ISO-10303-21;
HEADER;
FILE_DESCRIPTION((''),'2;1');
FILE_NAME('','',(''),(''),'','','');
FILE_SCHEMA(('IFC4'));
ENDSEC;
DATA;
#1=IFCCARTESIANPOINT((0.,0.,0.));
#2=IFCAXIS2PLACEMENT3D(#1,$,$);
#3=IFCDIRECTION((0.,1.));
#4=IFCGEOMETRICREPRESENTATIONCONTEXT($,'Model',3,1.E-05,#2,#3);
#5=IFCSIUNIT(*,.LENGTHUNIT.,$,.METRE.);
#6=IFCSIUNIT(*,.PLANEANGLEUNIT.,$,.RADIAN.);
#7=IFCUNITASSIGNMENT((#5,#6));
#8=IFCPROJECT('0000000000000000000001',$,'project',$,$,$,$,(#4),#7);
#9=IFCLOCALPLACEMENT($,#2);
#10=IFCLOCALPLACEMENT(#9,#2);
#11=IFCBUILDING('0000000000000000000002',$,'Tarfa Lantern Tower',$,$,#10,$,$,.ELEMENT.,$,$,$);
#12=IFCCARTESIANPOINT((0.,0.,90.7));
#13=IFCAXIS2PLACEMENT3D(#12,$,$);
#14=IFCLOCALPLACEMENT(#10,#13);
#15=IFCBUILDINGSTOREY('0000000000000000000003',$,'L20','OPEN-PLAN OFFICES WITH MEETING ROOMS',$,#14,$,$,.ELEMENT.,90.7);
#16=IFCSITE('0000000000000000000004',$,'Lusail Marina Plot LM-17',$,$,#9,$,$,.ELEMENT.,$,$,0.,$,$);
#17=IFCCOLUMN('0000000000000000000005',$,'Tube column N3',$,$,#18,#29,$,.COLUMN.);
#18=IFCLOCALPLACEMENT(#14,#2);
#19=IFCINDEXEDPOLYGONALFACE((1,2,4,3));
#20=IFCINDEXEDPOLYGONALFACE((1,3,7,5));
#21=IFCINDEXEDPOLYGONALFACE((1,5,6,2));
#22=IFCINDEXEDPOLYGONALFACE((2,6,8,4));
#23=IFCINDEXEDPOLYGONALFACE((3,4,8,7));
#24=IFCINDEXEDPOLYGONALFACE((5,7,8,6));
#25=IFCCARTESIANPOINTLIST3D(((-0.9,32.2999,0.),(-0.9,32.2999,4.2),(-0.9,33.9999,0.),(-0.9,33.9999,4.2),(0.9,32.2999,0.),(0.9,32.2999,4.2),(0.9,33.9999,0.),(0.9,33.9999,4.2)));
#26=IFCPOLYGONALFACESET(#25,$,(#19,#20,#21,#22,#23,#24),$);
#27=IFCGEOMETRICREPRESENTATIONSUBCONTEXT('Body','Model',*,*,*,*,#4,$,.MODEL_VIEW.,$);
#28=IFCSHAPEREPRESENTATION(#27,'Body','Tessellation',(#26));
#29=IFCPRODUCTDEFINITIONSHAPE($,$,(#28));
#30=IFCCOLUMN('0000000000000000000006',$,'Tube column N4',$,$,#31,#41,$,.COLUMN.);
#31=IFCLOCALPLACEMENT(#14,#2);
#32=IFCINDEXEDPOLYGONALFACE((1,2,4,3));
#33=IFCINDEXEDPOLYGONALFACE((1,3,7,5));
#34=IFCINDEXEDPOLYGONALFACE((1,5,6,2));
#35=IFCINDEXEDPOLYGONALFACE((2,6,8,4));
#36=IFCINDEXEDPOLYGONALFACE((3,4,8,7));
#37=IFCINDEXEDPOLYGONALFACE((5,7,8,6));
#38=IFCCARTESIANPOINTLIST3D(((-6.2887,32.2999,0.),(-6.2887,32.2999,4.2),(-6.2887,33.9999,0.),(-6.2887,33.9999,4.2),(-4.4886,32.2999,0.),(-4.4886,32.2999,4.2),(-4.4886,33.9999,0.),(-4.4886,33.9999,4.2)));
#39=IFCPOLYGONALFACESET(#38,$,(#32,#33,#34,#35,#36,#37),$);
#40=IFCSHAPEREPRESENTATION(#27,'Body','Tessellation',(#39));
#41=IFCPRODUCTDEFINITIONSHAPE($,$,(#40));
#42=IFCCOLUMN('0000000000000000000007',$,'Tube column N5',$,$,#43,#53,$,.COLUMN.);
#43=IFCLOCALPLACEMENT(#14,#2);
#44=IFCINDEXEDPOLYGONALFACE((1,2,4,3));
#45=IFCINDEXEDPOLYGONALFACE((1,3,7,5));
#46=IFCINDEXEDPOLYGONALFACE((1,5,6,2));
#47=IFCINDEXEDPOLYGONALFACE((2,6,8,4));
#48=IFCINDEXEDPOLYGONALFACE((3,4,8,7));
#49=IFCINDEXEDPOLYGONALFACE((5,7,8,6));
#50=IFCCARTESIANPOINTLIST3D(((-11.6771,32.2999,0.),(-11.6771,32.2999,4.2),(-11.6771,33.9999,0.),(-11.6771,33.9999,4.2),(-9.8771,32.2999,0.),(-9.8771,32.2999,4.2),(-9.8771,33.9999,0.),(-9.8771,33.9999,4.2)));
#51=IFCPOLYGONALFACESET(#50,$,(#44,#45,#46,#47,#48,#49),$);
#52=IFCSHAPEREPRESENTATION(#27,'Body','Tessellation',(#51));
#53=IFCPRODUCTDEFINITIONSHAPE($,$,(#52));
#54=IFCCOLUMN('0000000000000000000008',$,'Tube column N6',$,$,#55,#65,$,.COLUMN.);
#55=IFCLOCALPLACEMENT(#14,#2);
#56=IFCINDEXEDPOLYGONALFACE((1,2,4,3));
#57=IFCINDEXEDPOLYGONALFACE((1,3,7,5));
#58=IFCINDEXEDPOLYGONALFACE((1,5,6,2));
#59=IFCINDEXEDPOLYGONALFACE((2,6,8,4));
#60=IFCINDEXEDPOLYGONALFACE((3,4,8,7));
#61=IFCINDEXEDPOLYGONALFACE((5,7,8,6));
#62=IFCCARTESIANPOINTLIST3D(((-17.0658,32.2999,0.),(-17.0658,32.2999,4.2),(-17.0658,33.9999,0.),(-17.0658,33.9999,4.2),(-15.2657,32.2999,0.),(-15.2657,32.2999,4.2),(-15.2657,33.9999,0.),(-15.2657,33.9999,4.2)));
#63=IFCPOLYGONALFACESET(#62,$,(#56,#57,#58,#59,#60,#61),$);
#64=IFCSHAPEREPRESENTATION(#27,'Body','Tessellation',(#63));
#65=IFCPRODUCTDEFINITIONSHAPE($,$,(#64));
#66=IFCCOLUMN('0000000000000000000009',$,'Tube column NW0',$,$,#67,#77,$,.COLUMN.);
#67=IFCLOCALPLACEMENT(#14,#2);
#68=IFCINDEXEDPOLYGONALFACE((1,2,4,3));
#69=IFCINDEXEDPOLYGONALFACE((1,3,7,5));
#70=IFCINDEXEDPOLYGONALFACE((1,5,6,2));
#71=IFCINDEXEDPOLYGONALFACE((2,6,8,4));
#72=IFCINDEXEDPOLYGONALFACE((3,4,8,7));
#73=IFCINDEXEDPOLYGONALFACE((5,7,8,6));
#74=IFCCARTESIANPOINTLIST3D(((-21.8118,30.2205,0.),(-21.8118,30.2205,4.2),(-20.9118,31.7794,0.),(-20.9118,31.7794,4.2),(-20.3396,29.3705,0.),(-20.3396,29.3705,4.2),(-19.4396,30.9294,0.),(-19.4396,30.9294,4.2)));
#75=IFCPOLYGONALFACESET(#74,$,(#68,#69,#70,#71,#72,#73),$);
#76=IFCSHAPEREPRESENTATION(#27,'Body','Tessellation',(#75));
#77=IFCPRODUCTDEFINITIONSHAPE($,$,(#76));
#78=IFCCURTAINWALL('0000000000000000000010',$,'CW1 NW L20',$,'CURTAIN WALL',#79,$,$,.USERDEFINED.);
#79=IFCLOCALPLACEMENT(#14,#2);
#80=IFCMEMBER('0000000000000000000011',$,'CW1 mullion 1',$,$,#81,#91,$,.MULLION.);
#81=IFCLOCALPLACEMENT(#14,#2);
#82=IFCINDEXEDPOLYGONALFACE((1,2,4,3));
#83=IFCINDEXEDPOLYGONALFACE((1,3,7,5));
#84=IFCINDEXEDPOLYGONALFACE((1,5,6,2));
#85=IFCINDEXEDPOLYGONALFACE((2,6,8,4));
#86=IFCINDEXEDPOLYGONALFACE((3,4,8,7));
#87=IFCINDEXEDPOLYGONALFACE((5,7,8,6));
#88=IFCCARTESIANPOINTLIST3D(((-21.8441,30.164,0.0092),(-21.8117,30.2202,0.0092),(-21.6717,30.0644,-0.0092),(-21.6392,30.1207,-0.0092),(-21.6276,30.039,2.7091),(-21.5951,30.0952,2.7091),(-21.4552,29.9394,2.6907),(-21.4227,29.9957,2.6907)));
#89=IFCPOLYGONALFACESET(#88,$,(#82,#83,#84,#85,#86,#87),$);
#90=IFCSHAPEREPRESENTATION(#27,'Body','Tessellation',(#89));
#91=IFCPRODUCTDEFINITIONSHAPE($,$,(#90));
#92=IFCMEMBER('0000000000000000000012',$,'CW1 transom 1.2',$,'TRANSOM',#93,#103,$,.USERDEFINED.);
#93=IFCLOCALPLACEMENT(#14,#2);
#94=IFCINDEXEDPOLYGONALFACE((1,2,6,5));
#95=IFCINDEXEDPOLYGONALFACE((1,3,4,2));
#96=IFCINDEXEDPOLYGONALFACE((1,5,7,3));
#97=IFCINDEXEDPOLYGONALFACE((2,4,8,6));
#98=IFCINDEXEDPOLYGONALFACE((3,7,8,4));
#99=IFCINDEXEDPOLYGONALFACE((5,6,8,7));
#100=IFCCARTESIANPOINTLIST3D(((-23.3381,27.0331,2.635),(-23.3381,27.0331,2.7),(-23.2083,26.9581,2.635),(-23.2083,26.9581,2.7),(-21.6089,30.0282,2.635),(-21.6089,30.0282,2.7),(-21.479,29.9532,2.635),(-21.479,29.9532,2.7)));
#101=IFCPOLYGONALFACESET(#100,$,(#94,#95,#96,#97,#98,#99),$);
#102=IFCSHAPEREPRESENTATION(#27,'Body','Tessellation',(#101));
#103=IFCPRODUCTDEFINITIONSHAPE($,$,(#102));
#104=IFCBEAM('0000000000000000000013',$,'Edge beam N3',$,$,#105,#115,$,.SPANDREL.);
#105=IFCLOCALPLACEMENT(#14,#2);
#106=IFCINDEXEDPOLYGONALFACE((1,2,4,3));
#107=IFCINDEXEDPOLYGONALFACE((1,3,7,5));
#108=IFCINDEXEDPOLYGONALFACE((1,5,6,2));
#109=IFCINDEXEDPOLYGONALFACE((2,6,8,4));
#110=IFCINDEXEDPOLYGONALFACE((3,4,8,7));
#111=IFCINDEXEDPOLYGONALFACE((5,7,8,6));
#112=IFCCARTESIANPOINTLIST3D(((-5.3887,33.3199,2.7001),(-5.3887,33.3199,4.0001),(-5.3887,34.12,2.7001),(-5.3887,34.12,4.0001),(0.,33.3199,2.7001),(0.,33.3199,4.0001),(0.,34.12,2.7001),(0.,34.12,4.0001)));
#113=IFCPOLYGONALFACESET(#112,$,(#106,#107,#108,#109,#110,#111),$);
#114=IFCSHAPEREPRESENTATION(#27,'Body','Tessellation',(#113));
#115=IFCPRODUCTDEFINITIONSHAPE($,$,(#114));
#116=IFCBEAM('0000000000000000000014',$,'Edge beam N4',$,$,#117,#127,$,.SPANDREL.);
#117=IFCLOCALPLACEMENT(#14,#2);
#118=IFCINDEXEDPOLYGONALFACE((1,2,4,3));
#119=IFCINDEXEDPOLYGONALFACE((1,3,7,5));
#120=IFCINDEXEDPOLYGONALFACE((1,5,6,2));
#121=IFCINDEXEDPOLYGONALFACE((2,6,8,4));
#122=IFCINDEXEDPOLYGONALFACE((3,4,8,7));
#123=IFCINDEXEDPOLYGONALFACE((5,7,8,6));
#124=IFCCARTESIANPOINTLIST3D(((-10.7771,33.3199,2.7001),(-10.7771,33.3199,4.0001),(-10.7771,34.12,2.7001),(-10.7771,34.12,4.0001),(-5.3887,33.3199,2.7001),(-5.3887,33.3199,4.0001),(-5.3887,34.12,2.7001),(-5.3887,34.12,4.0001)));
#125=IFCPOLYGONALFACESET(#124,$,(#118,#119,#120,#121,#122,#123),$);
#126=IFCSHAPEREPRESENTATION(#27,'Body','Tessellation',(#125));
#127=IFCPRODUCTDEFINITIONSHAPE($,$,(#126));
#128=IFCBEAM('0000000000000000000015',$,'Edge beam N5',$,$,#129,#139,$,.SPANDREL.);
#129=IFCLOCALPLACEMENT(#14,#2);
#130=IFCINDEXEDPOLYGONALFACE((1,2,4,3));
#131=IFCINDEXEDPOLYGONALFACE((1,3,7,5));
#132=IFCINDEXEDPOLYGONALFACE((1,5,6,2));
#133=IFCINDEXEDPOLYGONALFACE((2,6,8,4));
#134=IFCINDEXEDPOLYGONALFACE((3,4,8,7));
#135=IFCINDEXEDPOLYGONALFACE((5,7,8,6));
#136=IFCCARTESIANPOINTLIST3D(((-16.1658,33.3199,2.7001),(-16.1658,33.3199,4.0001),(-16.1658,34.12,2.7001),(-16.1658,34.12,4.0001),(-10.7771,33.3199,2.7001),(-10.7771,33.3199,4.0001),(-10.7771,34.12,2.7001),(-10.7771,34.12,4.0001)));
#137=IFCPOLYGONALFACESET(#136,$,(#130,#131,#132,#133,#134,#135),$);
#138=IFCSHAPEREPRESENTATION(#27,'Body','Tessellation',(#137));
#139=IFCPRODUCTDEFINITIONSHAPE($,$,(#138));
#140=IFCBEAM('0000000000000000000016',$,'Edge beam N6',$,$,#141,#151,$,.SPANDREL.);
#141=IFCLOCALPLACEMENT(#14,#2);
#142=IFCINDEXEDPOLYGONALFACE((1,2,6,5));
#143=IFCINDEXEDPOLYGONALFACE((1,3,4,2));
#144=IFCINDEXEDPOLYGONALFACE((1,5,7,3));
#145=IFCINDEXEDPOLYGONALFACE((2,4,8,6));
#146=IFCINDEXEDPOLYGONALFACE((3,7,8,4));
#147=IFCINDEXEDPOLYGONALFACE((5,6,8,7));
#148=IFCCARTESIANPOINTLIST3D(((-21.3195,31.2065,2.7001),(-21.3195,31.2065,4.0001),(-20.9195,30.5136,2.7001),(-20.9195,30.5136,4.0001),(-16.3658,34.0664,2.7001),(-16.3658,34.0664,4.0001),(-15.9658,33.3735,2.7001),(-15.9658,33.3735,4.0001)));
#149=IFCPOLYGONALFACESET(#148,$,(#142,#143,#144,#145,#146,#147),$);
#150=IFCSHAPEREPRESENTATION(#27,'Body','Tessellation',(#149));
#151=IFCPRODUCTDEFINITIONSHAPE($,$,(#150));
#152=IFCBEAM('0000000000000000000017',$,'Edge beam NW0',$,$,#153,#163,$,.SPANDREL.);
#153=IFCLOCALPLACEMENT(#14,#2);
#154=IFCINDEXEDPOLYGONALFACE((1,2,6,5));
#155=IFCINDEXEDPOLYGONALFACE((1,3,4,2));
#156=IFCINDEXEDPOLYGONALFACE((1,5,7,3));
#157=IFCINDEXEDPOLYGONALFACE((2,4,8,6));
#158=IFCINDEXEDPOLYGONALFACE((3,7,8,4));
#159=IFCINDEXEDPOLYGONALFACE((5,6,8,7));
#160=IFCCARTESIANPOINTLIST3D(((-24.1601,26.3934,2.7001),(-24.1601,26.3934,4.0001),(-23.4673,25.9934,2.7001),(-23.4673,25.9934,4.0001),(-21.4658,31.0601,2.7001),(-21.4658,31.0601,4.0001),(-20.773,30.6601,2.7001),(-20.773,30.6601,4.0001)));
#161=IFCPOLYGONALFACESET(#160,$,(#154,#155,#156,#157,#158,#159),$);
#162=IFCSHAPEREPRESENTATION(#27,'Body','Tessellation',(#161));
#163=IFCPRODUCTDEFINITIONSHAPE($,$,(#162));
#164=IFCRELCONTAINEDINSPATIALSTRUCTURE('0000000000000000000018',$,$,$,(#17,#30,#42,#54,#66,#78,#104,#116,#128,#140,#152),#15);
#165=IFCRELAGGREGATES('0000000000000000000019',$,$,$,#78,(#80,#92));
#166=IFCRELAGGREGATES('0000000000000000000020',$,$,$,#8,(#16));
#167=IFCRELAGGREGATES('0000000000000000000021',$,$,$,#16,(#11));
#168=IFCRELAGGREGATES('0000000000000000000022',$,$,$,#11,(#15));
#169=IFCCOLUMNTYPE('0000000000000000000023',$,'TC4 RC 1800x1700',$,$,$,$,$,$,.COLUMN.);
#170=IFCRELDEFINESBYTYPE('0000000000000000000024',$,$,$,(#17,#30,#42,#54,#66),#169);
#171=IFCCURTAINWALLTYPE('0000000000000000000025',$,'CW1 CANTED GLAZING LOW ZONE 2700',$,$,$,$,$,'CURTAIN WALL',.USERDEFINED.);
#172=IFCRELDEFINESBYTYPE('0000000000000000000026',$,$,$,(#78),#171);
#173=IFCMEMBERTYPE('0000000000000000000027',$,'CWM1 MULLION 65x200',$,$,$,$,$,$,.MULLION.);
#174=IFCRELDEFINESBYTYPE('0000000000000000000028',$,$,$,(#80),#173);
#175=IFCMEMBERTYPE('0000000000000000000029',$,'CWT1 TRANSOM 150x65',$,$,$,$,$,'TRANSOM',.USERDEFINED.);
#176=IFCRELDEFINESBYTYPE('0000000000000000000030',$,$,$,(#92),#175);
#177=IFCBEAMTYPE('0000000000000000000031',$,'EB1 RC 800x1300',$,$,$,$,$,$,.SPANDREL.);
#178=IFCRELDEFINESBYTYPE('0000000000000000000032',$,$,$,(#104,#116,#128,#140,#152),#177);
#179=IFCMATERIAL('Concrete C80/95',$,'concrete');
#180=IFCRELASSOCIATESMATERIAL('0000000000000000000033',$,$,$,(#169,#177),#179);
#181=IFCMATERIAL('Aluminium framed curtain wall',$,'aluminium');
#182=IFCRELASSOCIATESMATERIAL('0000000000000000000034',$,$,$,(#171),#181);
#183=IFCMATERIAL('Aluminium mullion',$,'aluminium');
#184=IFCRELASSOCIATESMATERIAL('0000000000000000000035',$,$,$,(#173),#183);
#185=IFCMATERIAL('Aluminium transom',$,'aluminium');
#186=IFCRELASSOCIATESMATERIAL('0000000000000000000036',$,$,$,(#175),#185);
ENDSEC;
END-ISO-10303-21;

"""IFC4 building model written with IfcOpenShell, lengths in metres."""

from ifc_helpers import new_model, si_unit, direction, frame, origin, origin_2d, place, context, subcontext, project, spatial, rectangle, extrude, material, material_profile, profile_set, type_object, element, aggregate, save


model = new_model("IFC4")

# Units and contexts
model_context = context("Model", 3, precision=1e-05, world=origin(), true_north=direction((0.0, 1.0)))
body_context = subcontext(model_context, "Body", "Model", "MODEL_VIEW")
ifc_project = project(units=[si_unit("LENGTHUNIT", "METRE"), si_unit("PLANEANGLEUNIT", "RADIAN")], contexts=[model_context])

# Site, building, storey
site_placement = place(None, origin())
site = spatial("IfcSite", under=ifc_project, at=site_placement, Name="Lusail Marina Plot LM-17", CompositionType="ELEMENT", RefElevation=0.0)
building_placement = place(site_placement, origin())
building = spatial("IfcBuilding", under=site, at=building_placement, Name="Tarfa Lantern Tower", CompositionType="ELEMENT")
storey_placement = place(building_placement, frame((0.0, 0.0, 90.7)))
storey = spatial("IfcBuildingStorey", under=building, at=storey_placement, Name="L20", Description="OPEN-PLAN OFFICES WITH MEETING ROOMS", CompositionType="ELEMENT", Elevation=90.7)

# Columns
ifc_material_1 = material(Name="Concrete C80/95", Category="concrete")
ifc_material_profile_1 = material_profile(ifc_material_1, rectangle(XDim=1.8, YDim=1.7, at=origin_2d()), Name="RC 1800x1700")
ifc_profile_set_1 = profile_set([ifc_material_profile_1], Name="Concrete C80/95")
column_type = type_object("IfcColumnType", Name="TC4 RC 1800x1700", PredefinedType="COLUMN", material=ifc_profile_set_1)
for number, where, z_axis, x_axis, name in (
    (1, (0.0, 33.1499, 0.0), (0.0, 0.0, 1.0), (-1.0, 0.0, 0.0), "Tube column N3"),
    (2, (-5.3887, 33.1499, 0.0), (0.0, 0.0, 1.0), (-1.0, 0.0, 0.0), "Tube column N4"),
    (3, (-10.7771, 33.1499, 0.0), (0.0, 0.0, 1.0), (-1.0, 0.0, 0.0), "Tube column N5"),
    (4, (-16.1658, 33.1499, 0.0), (0.0, 0.0, 1.0), (-1.0, 0.0, 0.0), "Tube column N6"),
    (5, (-20.6257, 30.575, 0.0), (0.0, 0.0, 1.0), (-0.5, -0.866025, 0.0), "Tube column NW0"),
):
    element("IfcColumn", number, at=place(storey_placement, frame(where, z_axis=z_axis, x_axis=x_axis)), inside=storey, type_object=column_type, Name=name, PredefinedType="COLUMN", context=body_context, shape_type="SweptSolid", body=[
        extrude(rectangle(XDim=1.8, YDim=1.7, at=origin_2d()), origin(), (0.0, 0.0, 1.0), 4.2),
    ])

# Curtain wall, members
ifc_material_2 = material(Name="Aluminium framed curtain wall", Category="aluminium")
curtain_wall_type = type_object("IfcCurtainWallType", Name="CW1 CANTED GLAZING LOW ZONE 2700", ElementType="CURTAIN WALL", PredefinedType="USERDEFINED", material=ifc_material_2)
curtain_wall_placement = place(storey_placement, origin())
curtain_wall = element("IfcCurtainWall", 6, at=curtain_wall_placement, inside=storey, type_object=curtain_wall_type, Name="CW1 NW L20", ObjectType="CURTAIN WALL", PredefinedType="USERDEFINED")
ifc_material_3 = material(Name="Aluminium mullion", Category="aluminium")
ifc_material_profile_2 = material_profile(ifc_material_3, rectangle(XDim=0.0649, YDim=0.2, at=origin_2d()), Name="AL MULLION 65x200")
ifc_profile_set_2 = profile_set([ifc_material_profile_2], Name="Aluminium mullion")
member_type_1 = type_object("IfcMemberType", Name="CWM1 MULLION 65x200", PredefinedType="MULLION", material=ifc_profile_set_2)
member_1_placement = place(storey_placement, frame((-21.7417, 30.1423, 0.0), z_axis=(0.079864, -0.0461, 0.995739), x_axis=(0.49992, 0.866072, 0.0)))
member_1 = element("IfcMember", 7, at=member_1_placement, type_object=member_type_1, Name="CW1 mullion 1", PredefinedType="MULLION", context=body_context, shape_type="SweptSolid", body=[
    extrude(rectangle(XDim=0.0649, YDim=0.2, at=origin_2d()), origin(), (0.0, 0.0, 1.0), 2.7114),
])
ifc_material_4 = material(Name="Aluminium transom", Category="aluminium")
ifc_material_profile_3 = material_profile(ifc_material_4, rectangle(XDim=0.1499, YDim=0.0649, at=origin_2d()), Name="AL TRANSOM 150x65")
ifc_profile_set_3 = profile_set([ifc_material_profile_3], Name="Aluminium transom")
member_type_2 = type_object("IfcMemberType", Name="CWT1 TRANSOM 150x65", ElementType="TRANSOM", PredefinedType="USERDEFINED", material=ifc_profile_set_3)
member_2_placement = place(storey_placement, frame((-21.5439, 29.9907, 2.6675), z_axis=(-0.500004, -0.866023, 0.0), x_axis=(0.866023, -0.500004, 0.0)))
member_2 = element("IfcMember", 8, at=member_2_placement, type_object=member_type_2, Name="CW1 transom 1.2", ObjectType="TRANSOM", PredefinedType="USERDEFINED", context=body_context, shape_type="SweptSolid", body=[
    extrude(rectangle(XDim=0.1499, YDim=0.0649, at=origin_2d()), origin(), (0.0, 0.0, 1.0), 3.4585),
])

# Beams
ifc_material_profile_4 = material_profile(ifc_material_1, rectangle(XDim=0.8, YDim=1.3, at=origin_2d()), Name="RC 800x1300")
ifc_profile_set_4 = profile_set([ifc_material_profile_4], Name="Concrete C80/95")
beam_type_1 = type_object("IfcBeamType", Name="EB1 RC 800x1300", PredefinedType="SPANDREL", material=ifc_profile_set_4)
beam_1_placement = place(storey_placement, frame((0.0, 33.72, 3.3501), z_axis=(-1.0, 0.0, 0.0), x_axis=(0.0, -1.0, 0.0)))
element("IfcBeam", 9, at=beam_1_placement, inside=storey, type_object=beam_type_1, Name="Edge beam N3", PredefinedType="SPANDREL", context=body_context, shape_type="SweptSolid", body=[
    extrude(rectangle(XDim=0.8, YDim=1.3, at=origin_2d()), origin(), (0.0, 0.0, 1.0), 5.3887),
])
beam_2_placement = place(storey_placement, frame((-5.3887, 33.72, 3.3501), z_axis=(-1.0, 0.0, 0.0), x_axis=(0.0, -1.0, 0.0)))
element("IfcBeam", 10, at=beam_2_placement, inside=storey, type_object=beam_type_1, Name="Edge beam N4", PredefinedType="SPANDREL", context=body_context, shape_type="SweptSolid", body=[
    extrude(rectangle(XDim=0.8, YDim=1.3, at=origin_2d()), origin(), (0.0, 0.0, 1.0), 5.3884),
])
beam_3_placement = place(storey_placement, frame((-10.7771, 33.72, 3.3501), z_axis=(-1.0, 0.0, 0.0), x_axis=(0.0, -1.0, 0.0)))
element("IfcBeam", 11, at=beam_3_placement, inside=storey, type_object=beam_type_1, Name="Edge beam N5", PredefinedType="SPANDREL", context=body_context, shape_type="SweptSolid", body=[
    extrude(rectangle(XDim=0.8, YDim=1.3, at=origin_2d()), origin(), (0.0, 0.0, 1.0), 5.3887),
])
beam_4_placement = place(storey_placement, frame((-16.1658, 33.72, 3.3501), z_axis=(-0.866033, -0.499986, 0.0), x_axis=(0.499986, -0.866033, 0.0)))
element("IfcBeam", 12, at=beam_4_placement, inside=storey, type_object=beam_type_1, Name="Edge beam N6", PredefinedType="SPANDREL", context=body_context, shape_type="SweptSolid", body=[
    extrude(rectangle(XDim=0.8, YDim=1.3, at=origin_2d()), origin(), (0.0, 0.0, 1.0), 5.72),
])
beam_5_placement = place(storey_placement, frame((-21.1194, 30.8601, 3.3501), z_axis=(-0.499998, -0.866026, 0.0), x_axis=(0.866026, -0.499998, 0.0)))
element("IfcBeam", 13, at=beam_5_placement, inside=storey, type_object=beam_type_1, Name="Edge beam NW0", PredefinedType="SPANDREL", context=body_context, shape_type="SweptSolid", body=[
    extrude(rectangle(XDim=0.8, YDim=1.3, at=origin_2d()), origin(), (0.0, 0.0, 1.0), 5.3887),
])

aggregate(curtain_wall, [member_1, member_2])

save(model, "model.ifc")
